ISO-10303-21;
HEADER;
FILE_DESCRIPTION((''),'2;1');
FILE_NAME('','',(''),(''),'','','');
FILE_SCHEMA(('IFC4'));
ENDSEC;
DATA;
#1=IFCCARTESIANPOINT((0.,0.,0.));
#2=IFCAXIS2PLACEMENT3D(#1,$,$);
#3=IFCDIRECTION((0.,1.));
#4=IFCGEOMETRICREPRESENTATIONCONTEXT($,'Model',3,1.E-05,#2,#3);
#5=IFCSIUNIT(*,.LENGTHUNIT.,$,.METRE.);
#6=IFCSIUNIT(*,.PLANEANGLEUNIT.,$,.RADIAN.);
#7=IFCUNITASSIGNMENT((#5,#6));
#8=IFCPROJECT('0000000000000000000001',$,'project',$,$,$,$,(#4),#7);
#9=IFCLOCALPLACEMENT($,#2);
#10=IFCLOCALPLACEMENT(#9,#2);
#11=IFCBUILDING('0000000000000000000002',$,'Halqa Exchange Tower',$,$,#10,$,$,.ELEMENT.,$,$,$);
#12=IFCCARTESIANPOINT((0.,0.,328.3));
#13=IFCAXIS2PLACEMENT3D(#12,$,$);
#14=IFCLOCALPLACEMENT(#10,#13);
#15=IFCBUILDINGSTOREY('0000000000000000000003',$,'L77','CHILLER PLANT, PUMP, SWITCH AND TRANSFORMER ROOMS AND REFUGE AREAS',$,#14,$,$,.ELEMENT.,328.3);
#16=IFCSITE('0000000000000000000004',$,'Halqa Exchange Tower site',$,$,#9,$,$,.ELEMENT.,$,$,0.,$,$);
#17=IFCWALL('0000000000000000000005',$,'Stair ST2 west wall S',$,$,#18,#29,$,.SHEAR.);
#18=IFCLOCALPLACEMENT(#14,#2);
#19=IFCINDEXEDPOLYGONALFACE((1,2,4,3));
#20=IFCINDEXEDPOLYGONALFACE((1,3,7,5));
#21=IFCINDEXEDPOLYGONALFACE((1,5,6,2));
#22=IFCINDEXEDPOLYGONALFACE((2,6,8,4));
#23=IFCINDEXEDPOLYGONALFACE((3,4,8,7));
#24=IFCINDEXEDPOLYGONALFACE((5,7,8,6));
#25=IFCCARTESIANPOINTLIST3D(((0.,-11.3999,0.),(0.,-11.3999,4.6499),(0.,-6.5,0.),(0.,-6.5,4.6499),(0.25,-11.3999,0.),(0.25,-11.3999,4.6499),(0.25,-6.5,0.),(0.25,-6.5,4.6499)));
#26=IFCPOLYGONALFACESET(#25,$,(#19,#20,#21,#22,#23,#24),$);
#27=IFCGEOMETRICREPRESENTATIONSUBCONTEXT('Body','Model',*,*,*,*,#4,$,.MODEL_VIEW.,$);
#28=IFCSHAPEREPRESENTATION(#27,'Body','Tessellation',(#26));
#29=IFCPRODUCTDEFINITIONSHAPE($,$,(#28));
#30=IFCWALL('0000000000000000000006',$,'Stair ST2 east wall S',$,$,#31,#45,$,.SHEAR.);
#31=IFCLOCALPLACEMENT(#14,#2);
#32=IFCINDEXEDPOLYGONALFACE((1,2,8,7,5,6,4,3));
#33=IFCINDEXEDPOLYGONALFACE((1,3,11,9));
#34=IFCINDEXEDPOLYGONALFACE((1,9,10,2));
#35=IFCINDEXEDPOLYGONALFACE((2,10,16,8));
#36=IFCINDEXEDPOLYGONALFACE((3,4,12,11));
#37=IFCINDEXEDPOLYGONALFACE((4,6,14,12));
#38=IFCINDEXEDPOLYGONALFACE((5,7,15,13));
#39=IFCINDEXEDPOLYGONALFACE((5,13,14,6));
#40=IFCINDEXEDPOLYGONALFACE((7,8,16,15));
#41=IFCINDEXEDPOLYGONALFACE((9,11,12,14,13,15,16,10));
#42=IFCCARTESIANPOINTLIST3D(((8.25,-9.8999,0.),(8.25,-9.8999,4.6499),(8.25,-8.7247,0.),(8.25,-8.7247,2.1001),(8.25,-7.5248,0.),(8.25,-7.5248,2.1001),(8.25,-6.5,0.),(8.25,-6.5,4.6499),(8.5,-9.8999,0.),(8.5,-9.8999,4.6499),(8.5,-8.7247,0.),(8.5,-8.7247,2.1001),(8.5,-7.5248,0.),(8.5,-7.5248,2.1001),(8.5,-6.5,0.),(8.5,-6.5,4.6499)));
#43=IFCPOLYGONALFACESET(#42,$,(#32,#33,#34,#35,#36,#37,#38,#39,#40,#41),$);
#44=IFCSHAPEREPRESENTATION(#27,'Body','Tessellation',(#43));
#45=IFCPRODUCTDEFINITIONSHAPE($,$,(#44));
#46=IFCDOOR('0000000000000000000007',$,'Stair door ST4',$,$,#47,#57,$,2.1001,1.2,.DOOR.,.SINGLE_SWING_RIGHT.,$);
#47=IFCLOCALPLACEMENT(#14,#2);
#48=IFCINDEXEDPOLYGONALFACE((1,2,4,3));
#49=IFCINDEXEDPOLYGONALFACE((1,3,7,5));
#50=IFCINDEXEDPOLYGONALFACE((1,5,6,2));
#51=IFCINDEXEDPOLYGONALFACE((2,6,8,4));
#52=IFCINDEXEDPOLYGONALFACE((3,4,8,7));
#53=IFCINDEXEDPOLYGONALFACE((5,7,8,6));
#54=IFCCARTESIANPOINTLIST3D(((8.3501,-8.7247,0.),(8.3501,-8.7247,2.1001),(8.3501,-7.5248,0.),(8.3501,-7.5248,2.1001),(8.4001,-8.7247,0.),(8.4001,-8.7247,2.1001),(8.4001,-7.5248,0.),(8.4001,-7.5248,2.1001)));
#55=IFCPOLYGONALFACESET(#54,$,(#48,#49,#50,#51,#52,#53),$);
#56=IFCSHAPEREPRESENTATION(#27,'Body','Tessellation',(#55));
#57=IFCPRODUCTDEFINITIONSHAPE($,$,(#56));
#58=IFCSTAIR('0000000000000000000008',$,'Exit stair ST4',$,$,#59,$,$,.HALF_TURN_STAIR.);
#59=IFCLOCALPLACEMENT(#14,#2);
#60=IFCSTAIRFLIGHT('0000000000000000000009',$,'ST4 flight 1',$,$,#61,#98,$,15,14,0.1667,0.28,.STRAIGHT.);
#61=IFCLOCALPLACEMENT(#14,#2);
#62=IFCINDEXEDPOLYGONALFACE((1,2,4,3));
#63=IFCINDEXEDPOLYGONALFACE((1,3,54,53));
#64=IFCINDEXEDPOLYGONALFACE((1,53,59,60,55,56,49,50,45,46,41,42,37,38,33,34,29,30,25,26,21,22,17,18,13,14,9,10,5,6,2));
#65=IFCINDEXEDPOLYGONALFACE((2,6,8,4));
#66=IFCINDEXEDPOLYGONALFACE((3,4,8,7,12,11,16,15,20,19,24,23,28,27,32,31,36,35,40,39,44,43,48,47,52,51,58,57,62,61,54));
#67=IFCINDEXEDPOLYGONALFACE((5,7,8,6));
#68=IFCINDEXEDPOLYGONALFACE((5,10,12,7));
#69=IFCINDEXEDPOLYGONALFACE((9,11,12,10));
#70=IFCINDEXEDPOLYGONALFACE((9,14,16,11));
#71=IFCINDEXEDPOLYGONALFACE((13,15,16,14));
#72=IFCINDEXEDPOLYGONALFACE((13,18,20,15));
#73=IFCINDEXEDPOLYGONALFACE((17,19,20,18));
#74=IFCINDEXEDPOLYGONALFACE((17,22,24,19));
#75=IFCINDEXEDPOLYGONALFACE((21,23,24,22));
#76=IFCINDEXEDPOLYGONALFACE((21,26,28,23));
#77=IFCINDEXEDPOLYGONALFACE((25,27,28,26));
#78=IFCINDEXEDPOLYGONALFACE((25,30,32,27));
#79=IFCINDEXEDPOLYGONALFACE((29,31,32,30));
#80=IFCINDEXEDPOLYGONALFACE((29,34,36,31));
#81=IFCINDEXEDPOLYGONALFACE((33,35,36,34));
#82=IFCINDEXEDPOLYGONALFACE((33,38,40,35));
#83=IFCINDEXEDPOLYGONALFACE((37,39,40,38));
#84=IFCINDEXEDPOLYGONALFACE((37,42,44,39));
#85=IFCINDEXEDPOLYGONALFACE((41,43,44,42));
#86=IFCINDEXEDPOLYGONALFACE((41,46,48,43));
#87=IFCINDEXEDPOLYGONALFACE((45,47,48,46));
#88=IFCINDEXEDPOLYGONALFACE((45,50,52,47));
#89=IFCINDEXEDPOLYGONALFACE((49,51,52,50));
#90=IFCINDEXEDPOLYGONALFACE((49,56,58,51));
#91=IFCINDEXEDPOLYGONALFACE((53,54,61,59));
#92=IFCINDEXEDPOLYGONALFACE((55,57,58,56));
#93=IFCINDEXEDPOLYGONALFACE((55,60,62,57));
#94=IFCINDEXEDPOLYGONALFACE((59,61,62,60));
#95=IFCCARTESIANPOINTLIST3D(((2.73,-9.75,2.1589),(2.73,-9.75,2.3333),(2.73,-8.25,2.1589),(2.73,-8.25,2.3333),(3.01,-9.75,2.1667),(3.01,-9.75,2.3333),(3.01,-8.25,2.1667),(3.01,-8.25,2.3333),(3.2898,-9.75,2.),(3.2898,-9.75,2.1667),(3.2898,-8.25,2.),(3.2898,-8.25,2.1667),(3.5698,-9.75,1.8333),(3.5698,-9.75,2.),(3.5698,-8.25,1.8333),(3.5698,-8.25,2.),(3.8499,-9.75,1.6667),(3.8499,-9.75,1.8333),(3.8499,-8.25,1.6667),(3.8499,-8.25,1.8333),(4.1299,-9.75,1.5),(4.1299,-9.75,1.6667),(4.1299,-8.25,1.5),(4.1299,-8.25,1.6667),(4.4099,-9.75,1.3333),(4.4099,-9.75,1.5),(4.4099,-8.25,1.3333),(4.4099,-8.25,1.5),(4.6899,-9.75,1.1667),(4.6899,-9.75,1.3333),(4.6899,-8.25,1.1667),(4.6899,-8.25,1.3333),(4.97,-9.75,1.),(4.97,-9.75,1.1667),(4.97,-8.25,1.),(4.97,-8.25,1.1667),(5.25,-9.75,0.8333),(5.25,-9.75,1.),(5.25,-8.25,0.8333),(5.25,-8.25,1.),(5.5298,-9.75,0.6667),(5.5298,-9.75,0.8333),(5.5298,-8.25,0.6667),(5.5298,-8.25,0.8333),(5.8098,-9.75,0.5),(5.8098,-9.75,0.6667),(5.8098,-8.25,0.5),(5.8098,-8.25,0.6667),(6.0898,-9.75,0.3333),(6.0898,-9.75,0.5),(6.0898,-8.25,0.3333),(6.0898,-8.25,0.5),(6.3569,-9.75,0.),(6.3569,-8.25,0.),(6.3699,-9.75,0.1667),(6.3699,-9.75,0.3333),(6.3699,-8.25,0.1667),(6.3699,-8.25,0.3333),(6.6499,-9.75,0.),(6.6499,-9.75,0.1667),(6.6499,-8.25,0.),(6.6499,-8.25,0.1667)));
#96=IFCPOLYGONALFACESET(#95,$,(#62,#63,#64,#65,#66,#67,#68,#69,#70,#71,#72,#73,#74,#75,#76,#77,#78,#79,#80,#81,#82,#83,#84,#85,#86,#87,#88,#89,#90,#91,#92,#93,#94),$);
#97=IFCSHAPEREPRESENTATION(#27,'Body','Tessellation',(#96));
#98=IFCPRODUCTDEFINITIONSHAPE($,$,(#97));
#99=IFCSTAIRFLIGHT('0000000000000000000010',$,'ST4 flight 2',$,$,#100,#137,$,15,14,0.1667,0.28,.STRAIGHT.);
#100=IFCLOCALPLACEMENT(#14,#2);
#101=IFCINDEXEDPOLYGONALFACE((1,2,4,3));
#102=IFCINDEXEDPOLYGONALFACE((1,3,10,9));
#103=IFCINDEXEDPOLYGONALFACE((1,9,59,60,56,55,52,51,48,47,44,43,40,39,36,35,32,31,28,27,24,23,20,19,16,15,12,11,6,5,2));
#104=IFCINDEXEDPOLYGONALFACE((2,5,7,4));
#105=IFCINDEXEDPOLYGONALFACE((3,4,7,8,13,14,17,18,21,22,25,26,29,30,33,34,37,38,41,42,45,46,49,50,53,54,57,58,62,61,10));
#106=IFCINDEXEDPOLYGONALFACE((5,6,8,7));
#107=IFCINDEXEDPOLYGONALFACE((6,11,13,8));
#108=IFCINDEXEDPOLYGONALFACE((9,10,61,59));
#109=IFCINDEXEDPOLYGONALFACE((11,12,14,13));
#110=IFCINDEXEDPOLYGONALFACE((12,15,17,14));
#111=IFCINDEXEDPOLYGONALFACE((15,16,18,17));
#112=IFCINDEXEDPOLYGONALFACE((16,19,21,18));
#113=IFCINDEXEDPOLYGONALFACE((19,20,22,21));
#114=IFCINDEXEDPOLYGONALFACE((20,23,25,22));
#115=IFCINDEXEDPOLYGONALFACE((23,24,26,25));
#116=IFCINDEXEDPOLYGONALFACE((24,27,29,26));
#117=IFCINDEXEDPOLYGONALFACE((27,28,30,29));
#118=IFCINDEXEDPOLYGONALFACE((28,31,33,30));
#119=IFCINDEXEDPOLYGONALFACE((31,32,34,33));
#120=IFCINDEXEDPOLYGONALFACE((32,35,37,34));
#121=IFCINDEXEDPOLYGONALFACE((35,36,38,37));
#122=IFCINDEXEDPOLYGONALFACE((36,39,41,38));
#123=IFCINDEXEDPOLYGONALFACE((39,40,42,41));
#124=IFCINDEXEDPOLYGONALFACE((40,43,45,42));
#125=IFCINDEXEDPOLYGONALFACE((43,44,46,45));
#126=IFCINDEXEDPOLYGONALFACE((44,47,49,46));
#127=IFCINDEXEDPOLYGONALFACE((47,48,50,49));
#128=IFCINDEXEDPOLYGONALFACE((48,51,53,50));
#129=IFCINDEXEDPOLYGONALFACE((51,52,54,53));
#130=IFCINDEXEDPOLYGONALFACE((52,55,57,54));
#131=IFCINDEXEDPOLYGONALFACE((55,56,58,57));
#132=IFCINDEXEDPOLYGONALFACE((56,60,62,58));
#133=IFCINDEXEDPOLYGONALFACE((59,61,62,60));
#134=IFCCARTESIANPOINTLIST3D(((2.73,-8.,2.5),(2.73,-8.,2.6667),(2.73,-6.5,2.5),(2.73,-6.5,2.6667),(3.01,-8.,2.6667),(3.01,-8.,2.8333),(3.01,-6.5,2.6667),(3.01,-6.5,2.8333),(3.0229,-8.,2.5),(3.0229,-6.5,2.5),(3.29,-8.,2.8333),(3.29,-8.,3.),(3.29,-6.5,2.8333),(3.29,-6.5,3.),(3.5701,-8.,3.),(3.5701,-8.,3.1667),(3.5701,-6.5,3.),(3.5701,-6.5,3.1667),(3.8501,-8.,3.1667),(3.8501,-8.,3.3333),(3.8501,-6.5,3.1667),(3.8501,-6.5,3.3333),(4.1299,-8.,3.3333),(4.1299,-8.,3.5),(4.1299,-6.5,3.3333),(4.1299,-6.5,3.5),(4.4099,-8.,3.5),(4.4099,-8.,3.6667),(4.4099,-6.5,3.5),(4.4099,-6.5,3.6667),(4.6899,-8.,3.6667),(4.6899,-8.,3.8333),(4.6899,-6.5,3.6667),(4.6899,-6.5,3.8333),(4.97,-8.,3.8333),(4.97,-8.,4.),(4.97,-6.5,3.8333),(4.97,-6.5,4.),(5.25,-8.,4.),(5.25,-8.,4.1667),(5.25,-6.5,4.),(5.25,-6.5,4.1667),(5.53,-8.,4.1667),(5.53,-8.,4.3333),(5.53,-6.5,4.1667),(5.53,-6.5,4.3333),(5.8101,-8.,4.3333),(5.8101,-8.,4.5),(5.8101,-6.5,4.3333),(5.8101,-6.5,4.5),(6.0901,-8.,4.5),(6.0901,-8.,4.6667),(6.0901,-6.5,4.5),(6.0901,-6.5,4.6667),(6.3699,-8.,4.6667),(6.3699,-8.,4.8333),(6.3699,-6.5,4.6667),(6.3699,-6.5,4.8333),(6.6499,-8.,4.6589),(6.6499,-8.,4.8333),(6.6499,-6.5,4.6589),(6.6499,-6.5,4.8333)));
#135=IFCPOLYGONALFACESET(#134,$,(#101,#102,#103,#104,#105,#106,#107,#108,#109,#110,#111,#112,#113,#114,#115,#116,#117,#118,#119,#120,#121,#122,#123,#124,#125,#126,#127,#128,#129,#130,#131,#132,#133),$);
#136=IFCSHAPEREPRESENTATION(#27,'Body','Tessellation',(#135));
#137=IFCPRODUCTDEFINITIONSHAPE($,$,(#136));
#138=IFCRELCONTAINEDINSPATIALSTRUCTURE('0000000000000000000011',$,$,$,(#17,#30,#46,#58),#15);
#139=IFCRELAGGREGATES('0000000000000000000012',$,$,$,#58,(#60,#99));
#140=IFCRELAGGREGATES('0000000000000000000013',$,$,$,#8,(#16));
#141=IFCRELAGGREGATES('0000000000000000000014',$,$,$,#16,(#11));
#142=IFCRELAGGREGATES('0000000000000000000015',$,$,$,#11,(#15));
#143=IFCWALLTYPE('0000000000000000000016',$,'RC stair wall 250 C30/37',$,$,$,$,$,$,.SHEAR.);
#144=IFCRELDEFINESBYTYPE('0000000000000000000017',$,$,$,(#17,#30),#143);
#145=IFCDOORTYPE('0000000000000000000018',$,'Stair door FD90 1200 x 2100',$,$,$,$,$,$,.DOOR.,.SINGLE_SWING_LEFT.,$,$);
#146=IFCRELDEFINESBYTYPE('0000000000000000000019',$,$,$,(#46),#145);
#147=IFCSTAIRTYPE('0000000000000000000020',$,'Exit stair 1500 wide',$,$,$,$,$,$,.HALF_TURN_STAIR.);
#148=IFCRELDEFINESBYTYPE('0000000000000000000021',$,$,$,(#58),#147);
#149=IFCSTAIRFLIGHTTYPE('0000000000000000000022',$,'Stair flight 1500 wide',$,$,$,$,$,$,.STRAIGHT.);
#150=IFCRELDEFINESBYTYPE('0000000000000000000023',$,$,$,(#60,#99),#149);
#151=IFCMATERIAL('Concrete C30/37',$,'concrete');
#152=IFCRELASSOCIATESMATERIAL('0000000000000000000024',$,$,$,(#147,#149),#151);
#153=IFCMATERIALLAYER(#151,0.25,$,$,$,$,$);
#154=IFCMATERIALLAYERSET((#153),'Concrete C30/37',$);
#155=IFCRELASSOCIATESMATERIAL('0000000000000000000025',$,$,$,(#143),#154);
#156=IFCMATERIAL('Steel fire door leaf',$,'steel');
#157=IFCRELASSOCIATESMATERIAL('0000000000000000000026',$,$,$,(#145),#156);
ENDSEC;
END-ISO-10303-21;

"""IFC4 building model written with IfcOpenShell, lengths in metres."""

from ifc_helpers import new_model, si_unit, direction, frame, frame_2d, origin, place, context, subcontext, project, spatial, polyline, rectangle, outline, extrude, material, layer, layer_set, type_object, element, fill, aggregate, save


model = new_model("IFC4")

# Units and contexts
model_context = context("Model", 3, precision=1e-05, world=origin(), true_north=direction((0.0, 1.0)))
body_context = subcontext(model_context, "Body", "Model", "MODEL_VIEW")
ifc_project = project(units=[si_unit("LENGTHUNIT", "METRE"), si_unit("PLANEANGLEUNIT", "RADIAN")], contexts=[model_context])

# Site, building, storey
site_placement = place(None, origin())
site = spatial("IfcSite", under=ifc_project, at=site_placement, Name="Halqa Exchange Tower site", CompositionType="ELEMENT", RefElevation=0.0)
building_placement = place(site_placement, origin())
building = spatial("IfcBuilding", under=site, at=building_placement, Name="Halqa Exchange Tower", CompositionType="ELEMENT")
storey_placement = place(building_placement, frame((0.0, 0.0, 328.3)))
storey = spatial("IfcBuildingStorey", under=building, at=storey_placement, Name="L77", Description="CHILLER PLANT, PUMP, SWITCH AND TRANSFORMER ROOMS AND REFUGE AREAS", CompositionType="ELEMENT", Elevation=328.3)

# Shared definitions
ifc_material_1 = material(Name="Concrete C30/37", Category="concrete")
stair_type = type_object("IfcStairType", Name="Exit stair 1500 wide", PredefinedType="HALF_TURN_STAIR", material=ifc_material_1)

# Wall
ifc_layer_1 = layer(ifc_material_1, 0.25)
ifc_layer_set_1 = layer_set([ifc_layer_1], Name="Concrete C30/37")
wall_type_1 = type_object("IfcWallType", Name="RC stair wall 250 C30/37", PredefinedType="SHEAR", material=ifc_layer_set_1)
wall_1_placement = place(storey_placement, frame((0.125, -11.3999, 0.0), z_axis=(0.0, 0.0, 1.0), x_axis=(0.0, 1.0, 0.0)))
element("IfcWall", 1, at=wall_1_placement, inside=storey, type_object=wall_type_1, Name="Stair ST2 west wall S", PredefinedType="SHEAR", context=body_context, shape_type="SweptSolid", body=[
    extrude(rectangle(XDim=4.8999, YDim=0.25, at=frame_2d((2.45, 0.0))), origin(), (0.0, 0.0, 1.0), 4.6499),
])

# Wall, opening, door
wall_2_placement = place(storey_placement, frame((8.375, -9.8999, 0.0), z_axis=(0.0, 0.0, 1.0), x_axis=(0.0, 1.0, 0.0)))
wall_2 = element("IfcWall", 2, at=wall_2_placement, inside=storey, type_object=wall_type_1, Name="Stair ST2 east wall S", PredefinedType="SHEAR", context=body_context, shape_type="SweptSolid", body=[
    extrude(rectangle(XDim=3.3999, YDim=0.25, at=frame_2d((1.7, 0.0))), origin(), (0.0, 0.0, 1.0), 4.6499),
])
opening_placement = place(wall_2_placement, frame((1.175, 0.0, 0.0)))
opening = element("IfcOpeningElement", 3, at=opening_placement, cuts=wall_2, PredefinedType="OPENING", context=body_context, shape_type="SweptSolid", body=[
    extrude(rectangle(XDim=1.2, YDim=2.1001, at=frame_2d((0.6001, 1.05))), frame((0.0, 0.137, 0.0), z_axis=(0.0, -1.0, 0.0), x_axis=(1.0, 0.0, 0.0)), (0.0, 0.0, 1.0), 0.2739),
])
ifc_material_2 = material(Name="Steel fire door leaf", Category="steel")
door_type = type_object("IfcDoorType", Name="Stair door FD90 1200 x 2100", OperationType="SINGLE_SWING_LEFT", PredefinedType="DOOR", material=ifc_material_2)
door_placement = place(opening_placement, origin())
door = element("IfcDoor", 4, at=door_placement, inside=storey, type_object=door_type, Name="Stair door ST4", OperationType="SINGLE_SWING_RIGHT", OverallHeight=2.1001, OverallWidth=1.2, PredefinedType="DOOR", context=body_context, shape_type="SweptSolid", body=[
    extrude(rectangle(XDim=1.2, YDim=2.1001, at=frame_2d((0.6001, 1.05))), frame((0.0, 0.0249, 0.0), z_axis=(0.0, -1.0, 0.0), x_axis=(1.0, 0.0, 0.0)), (0.0, 0.0, 1.0), 0.05),
])
fill(opening, door)

# Stair, stair flights
stair_1_placement = place(storey_placement, origin())
stair_1 = element("IfcStair", 5, at=stair_1_placement, inside=storey, type_object=stair_type, Name="Exit stair ST4", PredefinedType="HALF_TURN_STAIR")
stair_flight_type = type_object("IfcStairFlightType", Name="Stair flight 1500 wide", PredefinedType="STRAIGHT", material=ifc_material_1)
stair_flight_1_placement = place(storey_placement, frame((6.6499, -9.0, 0.0), z_axis=(0.0, 0.0, 1.0), x_axis=(-1.0, 0.0, 0.0)))
stair_flight_1 = element("IfcStairFlight", 6, at=stair_flight_1_placement, type_object=stair_flight_type, Name="ST4 flight 1", NumberOfRisers=15, NumberOfTreads=14, PredefinedType="STRAIGHT", RiserHeight=0.1667, TreadLength=0.28, context=body_context, shape_type="SweptSolid", body=[
    extrude(outline(polyline([(0.0, 0.0), (0.0, 0.1667), (0.28, 0.1667), (0.28, 0.3333), (0.5601, 0.3333), (0.5601, 0.5), (0.8401, 0.5), (0.8401, 0.6667), (1.1201, 0.6667), (1.1201, 0.8333), (1.3999, 0.8333), (1.3999, 1.0), (1.6799, 1.0), (1.6799, 1.1667), (1.96, 1.1667), (1.96, 1.3333), (2.24, 1.3333), (2.24, 1.5), (2.52, 1.5), (2.52, 1.6667), (2.8, 1.6667), (2.8, 1.8333), (3.0801, 1.8333), (3.0801, 2.0), (3.3601, 2.0), (3.3601, 2.1667), (3.6399, 2.1667), (3.6399, 2.3333), (3.9199, 2.3333), (3.9199, 2.5), (3.9199, 2.1589), (0.293, 0.0), (0.0, 0.0)])), frame((0.0, 0.75, 0.0), z_axis=(0.0, -1.0, 0.0), x_axis=(1.0, 0.0, 0.0)), (0.0, 0.0, 1.0), 1.5),
])
stair_flight_2_placement = place(storey_placement, frame((2.73, -7.25, 2.5), z_axis=(0.0, 0.0, 1.0), x_axis=(1.0, 0.0, 0.0)))
stair_flight_2 = element("IfcStairFlight", 7, at=stair_flight_2_placement, type_object=stair_flight_type, Name="ST4 flight 2", NumberOfRisers=15, NumberOfTreads=14, PredefinedType="STRAIGHT", RiserHeight=0.1667, TreadLength=0.28, context=body_context, shape_type="SweptSolid", body=[
    extrude(outline(polyline([(0.0, 0.0), (0.0, 0.1667), (0.28, 0.1667), (0.28, 0.3333), (0.5601, 0.3333), (0.5601, 0.5), (0.8401, 0.5), (0.8401, 0.6667), (1.1201, 0.6667), (1.1201, 0.8333), (1.3999, 0.8333), (1.3999, 1.0), (1.6799, 1.0), (1.6799, 1.1667), (1.96, 1.1667), (1.96, 1.3333), (2.24, 1.3333), (2.24, 1.5), (2.52, 1.5), (2.52, 1.6667), (2.8, 1.6667), (2.8, 1.8333), (3.0801, 1.8333), (3.0801, 2.0), (3.3601, 2.0), (3.3601, 2.1667), (3.6399, 2.1667), (3.6399, 2.3333), (3.9199, 2.3333), (3.9199, 2.5), (3.9199, 2.1589), (0.293, 0.0), (0.0, 0.0)])), frame((0.0, 0.75, 0.0), z_axis=(0.0, -1.0, 0.0), x_axis=(1.0, 0.0, 0.0)), (0.0, 0.0, 1.0), 1.5),
])
aggregate(stair_1, [stair_flight_1, stair_flight_2])

save(model, "model.ifc")
